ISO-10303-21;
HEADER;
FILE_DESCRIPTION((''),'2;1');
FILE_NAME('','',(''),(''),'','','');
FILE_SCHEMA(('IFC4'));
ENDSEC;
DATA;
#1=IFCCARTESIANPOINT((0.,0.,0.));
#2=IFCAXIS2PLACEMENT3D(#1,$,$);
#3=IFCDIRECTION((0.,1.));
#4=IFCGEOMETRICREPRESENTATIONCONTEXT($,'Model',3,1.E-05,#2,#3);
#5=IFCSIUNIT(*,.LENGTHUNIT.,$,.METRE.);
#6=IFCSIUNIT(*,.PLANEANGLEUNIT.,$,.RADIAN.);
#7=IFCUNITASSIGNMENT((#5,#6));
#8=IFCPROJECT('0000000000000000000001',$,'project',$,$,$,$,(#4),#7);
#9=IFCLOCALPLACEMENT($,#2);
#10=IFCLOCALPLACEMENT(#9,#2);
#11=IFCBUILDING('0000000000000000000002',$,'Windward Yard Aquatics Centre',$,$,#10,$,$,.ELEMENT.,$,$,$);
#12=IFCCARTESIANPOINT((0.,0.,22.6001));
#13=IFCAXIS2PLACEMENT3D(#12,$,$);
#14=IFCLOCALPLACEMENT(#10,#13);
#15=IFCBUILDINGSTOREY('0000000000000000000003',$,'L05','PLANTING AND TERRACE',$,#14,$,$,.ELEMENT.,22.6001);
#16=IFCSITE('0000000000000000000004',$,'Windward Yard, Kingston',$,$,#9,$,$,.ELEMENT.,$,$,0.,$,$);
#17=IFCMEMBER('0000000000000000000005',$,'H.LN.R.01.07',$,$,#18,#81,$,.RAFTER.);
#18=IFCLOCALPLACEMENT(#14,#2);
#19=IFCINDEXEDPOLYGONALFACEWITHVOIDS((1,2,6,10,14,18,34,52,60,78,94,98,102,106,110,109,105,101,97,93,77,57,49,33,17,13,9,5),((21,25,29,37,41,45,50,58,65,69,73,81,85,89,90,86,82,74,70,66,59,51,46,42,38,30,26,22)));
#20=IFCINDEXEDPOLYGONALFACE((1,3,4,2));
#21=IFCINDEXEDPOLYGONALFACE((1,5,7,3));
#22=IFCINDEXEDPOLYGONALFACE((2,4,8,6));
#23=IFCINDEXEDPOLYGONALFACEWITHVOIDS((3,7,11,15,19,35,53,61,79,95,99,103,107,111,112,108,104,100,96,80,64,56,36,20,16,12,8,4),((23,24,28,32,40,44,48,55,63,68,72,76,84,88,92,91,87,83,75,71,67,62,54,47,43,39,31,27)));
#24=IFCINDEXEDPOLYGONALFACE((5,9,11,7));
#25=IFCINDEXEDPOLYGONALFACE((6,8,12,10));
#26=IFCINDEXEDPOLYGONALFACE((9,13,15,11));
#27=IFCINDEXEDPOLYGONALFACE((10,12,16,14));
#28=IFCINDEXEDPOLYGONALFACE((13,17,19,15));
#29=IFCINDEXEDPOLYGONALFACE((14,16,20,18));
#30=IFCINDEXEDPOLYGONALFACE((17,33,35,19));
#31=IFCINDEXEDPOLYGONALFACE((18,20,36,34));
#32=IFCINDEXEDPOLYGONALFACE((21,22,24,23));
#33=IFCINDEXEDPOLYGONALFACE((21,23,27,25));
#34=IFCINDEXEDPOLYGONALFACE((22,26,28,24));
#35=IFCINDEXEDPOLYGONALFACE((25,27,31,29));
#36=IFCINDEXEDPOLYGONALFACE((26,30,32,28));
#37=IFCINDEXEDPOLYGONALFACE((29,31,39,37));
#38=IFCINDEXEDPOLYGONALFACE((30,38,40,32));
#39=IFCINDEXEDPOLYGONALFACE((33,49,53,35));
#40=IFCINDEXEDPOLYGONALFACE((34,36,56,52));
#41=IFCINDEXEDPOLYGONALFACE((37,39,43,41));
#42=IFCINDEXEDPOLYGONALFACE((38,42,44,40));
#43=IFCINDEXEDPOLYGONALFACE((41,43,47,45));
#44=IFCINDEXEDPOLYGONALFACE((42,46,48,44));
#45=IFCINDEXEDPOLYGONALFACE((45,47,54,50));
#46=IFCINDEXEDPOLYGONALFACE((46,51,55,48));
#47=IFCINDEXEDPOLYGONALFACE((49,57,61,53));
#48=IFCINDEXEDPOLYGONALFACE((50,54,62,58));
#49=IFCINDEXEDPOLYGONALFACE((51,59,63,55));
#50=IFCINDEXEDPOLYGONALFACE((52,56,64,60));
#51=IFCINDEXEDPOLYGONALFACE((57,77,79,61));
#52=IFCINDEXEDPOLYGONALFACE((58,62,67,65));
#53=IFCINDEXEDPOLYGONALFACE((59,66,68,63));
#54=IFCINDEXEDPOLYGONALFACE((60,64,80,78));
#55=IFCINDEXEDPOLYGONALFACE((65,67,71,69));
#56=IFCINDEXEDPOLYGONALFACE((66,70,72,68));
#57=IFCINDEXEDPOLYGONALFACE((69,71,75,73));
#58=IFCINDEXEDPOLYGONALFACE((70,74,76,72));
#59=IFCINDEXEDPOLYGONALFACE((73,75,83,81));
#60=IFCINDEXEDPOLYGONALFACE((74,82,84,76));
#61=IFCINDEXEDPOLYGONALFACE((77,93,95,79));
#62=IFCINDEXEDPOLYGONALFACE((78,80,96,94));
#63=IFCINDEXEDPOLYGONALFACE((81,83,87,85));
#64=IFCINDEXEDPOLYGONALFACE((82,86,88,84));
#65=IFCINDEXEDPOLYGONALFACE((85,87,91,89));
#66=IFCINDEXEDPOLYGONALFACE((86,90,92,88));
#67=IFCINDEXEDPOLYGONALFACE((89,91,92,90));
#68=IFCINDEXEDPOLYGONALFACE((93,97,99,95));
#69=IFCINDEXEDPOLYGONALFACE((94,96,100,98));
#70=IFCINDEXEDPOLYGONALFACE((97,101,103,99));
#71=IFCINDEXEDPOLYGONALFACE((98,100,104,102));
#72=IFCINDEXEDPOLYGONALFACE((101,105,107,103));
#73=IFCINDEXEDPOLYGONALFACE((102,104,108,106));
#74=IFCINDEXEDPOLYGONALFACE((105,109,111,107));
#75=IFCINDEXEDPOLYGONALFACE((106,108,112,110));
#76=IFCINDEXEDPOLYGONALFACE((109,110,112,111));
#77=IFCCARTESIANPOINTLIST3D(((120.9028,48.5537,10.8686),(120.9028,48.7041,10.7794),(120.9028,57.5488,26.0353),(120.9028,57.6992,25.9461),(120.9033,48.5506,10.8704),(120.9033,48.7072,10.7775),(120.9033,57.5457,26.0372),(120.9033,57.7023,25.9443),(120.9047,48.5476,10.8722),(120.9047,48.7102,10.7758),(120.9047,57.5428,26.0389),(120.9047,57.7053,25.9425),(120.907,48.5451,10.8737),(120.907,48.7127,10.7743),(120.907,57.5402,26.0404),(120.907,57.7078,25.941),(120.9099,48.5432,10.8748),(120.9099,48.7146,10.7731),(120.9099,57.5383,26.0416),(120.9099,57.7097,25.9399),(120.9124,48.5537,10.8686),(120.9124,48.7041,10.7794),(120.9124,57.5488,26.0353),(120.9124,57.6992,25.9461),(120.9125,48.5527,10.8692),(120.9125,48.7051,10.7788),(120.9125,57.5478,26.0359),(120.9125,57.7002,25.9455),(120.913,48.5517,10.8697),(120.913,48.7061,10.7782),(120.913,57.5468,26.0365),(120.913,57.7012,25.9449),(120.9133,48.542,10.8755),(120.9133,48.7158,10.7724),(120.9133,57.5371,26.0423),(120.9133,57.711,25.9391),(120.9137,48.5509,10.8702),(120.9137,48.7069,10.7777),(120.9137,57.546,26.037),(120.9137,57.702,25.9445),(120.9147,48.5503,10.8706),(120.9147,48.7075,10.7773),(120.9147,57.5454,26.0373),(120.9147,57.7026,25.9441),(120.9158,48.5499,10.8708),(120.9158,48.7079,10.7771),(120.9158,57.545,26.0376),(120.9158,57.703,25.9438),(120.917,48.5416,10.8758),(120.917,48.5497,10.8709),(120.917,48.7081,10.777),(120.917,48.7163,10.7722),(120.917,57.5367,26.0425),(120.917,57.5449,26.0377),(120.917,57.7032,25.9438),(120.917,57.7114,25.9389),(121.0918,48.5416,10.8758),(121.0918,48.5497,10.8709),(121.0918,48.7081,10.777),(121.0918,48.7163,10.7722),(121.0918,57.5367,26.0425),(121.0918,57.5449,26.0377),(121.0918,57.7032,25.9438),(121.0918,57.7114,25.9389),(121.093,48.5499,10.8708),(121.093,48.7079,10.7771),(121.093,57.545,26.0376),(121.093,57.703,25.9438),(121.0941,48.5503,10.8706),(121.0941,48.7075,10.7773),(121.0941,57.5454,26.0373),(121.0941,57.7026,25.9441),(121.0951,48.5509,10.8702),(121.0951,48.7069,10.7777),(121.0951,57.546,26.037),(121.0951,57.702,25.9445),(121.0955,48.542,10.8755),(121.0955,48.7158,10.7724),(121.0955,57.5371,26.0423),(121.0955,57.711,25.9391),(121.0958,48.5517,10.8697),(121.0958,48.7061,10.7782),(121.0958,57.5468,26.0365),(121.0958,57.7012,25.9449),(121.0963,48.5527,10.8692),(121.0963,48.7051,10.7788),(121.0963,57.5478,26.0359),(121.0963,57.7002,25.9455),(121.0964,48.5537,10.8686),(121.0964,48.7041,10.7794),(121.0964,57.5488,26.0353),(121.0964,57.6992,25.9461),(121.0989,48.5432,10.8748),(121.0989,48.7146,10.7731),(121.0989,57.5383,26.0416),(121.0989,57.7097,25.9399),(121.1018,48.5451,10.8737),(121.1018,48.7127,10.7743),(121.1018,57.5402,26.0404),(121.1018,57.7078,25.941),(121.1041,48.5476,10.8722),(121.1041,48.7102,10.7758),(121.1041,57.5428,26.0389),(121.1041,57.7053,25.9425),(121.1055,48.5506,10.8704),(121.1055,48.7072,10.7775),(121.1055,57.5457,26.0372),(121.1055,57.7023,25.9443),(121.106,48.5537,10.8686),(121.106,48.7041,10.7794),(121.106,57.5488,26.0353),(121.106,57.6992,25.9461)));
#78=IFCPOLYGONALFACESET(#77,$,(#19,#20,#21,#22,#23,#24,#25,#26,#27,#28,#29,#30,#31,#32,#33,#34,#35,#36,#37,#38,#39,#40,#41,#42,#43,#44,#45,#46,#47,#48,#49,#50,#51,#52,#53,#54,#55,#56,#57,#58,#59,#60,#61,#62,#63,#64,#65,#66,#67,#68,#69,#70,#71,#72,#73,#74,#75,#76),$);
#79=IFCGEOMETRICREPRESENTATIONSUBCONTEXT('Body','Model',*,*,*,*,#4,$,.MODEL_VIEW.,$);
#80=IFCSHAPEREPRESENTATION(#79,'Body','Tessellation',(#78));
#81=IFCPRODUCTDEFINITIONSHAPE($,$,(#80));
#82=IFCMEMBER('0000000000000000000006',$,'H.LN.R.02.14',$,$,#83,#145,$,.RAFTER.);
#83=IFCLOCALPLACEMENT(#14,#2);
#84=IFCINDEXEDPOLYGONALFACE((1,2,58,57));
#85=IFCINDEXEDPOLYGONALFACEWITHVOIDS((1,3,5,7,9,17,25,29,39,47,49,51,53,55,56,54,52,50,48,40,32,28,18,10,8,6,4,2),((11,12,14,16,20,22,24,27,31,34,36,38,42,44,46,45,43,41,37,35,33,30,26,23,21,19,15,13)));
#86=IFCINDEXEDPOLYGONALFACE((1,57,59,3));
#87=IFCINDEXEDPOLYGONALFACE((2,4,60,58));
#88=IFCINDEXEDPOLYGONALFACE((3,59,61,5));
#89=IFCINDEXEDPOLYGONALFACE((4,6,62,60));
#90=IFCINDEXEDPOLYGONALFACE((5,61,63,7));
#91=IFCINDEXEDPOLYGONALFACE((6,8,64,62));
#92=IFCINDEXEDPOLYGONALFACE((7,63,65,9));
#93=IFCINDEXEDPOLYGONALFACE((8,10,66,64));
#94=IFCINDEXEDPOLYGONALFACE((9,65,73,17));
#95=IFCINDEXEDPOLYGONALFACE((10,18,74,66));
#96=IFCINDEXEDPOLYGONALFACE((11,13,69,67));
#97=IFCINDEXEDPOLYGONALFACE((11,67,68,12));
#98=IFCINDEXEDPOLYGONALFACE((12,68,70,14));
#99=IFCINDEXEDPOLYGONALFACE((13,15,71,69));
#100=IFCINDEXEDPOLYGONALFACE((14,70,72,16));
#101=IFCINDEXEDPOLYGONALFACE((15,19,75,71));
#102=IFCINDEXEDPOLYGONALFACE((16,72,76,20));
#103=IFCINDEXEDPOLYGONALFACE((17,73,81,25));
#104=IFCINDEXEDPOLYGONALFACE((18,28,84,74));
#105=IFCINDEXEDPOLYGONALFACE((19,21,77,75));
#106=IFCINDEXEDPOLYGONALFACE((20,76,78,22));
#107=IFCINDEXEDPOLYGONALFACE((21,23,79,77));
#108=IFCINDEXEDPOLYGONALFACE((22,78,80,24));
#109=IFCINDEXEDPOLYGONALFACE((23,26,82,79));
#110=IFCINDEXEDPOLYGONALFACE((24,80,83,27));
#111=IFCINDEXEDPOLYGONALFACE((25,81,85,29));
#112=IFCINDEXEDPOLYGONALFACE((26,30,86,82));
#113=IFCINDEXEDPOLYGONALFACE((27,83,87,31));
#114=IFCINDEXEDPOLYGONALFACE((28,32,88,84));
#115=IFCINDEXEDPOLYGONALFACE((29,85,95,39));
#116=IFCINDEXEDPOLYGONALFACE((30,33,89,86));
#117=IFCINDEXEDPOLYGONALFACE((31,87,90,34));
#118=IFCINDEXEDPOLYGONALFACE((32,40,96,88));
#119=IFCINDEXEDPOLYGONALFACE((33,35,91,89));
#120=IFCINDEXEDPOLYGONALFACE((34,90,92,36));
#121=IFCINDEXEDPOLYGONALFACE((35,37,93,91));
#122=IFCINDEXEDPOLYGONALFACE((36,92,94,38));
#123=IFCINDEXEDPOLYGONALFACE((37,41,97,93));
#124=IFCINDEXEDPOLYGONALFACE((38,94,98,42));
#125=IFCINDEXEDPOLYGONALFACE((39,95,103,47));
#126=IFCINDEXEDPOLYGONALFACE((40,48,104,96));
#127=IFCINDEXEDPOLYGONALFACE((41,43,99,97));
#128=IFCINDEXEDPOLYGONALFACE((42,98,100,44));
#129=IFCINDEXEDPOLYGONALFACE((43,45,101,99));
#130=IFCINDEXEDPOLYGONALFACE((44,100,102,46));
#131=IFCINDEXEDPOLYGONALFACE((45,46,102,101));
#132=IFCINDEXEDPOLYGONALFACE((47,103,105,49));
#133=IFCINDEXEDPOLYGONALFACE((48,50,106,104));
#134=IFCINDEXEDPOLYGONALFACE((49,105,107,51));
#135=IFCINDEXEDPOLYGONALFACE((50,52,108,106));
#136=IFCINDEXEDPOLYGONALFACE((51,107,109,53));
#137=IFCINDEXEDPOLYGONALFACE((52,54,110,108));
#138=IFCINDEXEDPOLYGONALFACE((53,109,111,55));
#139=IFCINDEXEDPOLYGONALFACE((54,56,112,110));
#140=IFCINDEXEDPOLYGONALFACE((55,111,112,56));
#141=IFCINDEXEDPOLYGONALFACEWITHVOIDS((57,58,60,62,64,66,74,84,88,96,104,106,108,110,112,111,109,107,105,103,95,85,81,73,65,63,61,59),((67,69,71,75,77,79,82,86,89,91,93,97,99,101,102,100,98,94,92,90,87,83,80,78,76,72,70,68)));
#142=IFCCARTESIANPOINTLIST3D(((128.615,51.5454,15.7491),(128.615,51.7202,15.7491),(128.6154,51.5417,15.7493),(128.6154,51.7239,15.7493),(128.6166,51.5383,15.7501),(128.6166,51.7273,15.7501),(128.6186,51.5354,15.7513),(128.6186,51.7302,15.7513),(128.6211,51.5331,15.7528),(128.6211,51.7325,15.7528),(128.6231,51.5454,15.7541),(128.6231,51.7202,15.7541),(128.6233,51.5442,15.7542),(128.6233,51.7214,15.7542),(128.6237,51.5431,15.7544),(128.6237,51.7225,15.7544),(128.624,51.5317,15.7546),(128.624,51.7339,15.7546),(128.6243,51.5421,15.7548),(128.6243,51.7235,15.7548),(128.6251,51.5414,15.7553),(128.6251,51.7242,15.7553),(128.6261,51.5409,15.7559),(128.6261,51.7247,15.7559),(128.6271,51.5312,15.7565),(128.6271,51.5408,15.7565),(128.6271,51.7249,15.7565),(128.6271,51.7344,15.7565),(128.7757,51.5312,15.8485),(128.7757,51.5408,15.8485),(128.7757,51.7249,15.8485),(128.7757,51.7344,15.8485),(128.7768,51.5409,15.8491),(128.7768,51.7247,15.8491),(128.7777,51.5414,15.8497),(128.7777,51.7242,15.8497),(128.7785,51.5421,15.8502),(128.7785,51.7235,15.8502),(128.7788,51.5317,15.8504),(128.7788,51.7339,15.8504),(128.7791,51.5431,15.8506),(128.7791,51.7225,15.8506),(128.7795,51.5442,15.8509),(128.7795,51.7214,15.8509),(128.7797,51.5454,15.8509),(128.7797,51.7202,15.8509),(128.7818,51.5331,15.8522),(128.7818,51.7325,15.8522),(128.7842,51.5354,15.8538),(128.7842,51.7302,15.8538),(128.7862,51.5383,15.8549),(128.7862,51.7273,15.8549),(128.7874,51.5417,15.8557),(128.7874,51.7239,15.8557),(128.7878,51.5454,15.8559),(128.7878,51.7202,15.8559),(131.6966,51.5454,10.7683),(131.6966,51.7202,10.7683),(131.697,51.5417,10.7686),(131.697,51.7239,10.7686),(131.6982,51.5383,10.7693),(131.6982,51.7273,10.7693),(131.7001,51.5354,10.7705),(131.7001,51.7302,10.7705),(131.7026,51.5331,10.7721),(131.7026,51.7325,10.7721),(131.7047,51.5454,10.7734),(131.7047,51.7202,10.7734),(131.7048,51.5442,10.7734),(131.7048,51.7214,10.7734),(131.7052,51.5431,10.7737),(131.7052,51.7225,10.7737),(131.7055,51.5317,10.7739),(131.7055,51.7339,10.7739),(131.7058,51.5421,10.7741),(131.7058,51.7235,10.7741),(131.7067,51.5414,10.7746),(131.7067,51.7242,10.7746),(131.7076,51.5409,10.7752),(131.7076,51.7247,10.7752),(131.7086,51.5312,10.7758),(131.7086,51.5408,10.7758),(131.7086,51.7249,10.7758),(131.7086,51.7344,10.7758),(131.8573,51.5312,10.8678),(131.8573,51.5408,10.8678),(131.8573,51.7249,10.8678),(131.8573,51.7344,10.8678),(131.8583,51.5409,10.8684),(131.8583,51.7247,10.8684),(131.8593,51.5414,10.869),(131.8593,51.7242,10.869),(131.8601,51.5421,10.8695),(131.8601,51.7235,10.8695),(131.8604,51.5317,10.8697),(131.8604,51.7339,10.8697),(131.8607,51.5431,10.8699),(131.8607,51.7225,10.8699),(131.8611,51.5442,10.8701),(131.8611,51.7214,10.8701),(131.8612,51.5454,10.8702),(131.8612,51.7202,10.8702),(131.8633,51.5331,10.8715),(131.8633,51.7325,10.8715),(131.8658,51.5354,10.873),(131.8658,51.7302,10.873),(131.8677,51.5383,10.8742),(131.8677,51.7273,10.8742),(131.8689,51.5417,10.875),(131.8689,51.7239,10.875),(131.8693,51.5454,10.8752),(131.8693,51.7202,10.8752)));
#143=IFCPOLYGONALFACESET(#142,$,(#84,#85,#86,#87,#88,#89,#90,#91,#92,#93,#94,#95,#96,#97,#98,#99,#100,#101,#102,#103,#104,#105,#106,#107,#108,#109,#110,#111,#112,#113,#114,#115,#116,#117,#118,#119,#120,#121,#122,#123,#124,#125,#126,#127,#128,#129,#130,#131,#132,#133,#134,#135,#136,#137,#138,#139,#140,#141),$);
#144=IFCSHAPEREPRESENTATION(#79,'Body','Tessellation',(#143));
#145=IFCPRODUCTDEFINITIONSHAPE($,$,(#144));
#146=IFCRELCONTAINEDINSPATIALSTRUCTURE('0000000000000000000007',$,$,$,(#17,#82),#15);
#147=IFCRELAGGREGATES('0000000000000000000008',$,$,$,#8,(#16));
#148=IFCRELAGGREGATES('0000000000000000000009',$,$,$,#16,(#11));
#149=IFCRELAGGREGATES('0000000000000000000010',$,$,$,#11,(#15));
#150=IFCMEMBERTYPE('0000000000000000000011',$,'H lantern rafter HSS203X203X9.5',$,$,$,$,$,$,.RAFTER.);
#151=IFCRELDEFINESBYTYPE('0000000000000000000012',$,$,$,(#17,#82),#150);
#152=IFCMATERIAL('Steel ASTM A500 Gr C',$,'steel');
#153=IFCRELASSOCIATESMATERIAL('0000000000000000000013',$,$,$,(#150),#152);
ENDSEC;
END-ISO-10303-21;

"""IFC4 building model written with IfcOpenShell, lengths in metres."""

from ifc_helpers import new_model, si_unit, direction, frame, origin, origin_2d, place, context, subcontext, project, spatial, hollow_rectangle, extrude, material, material_profile, profile_set, type_object, element, save


model = new_model("IFC4")

# Units and contexts
model_context = context("Model", 3, precision=1e-05, world=origin(), true_north=direction((0.0, 1.0)))
body_context = subcontext(model_context, "Body", "Model", "MODEL_VIEW")
ifc_project = project(units=[si_unit("LENGTHUNIT", "METRE"), si_unit("PLANEANGLEUNIT", "RADIAN")], contexts=[model_context])

# Site, building, storey
site_placement = place(None, origin())
site = spatial("IfcSite", under=ifc_project, at=site_placement, Name="Windward Yard, Kingston", CompositionType="ELEMENT", RefElevation=0.0)
building_placement = place(site_placement, origin())
building = spatial("IfcBuilding", under=site, at=building_placement, Name="Windward Yard Aquatics Centre", CompositionType="ELEMENT")
storey_placement = place(building_placement, frame((0.0, 0.0, 22.6001)))
storey = spatial("IfcBuildingStorey", under=building, at=storey_placement, Name="L05", Description="PLANTING AND TERRACE", CompositionType="ELEMENT", Elevation=22.6001)

# Members
ifc_material_1 = material(Name="Steel ASTM A500 Gr C", Category="steel")
ifc_material_profile_1 = material_profile(ifc_material_1, hollow_rectangle(XDim=0.2031, YDim=0.2031, WallThickness=0.0095, InnerFilletRadius=0.0046, OuterFilletRadius=0.0142, at=origin_2d()), Name="HSS203X203X9.5")
ifc_profile_set_1 = profile_set([ifc_material_profile_1], Name="Steel ASTM A500 Gr C")
member_type_1 = type_object("IfcMemberType", Name="H lantern rafter HSS203X203X9.5", PredefinedType="RAFTER", material=ifc_profile_set_1)
member_1_placement = place(storey_placement, frame((121.0044, 48.6289, 10.824), z_axis=(0.0, 0.510114, 0.860107), x_axis=(-1.0, 0.0, 0.0)))
element("IfcMember", 1, at=member_1_placement, inside=storey, type_object=member_type_1, Name="H.LN.R.01.07", PredefinedType="RAFTER", context=body_context, shape_type="SweptSolid", body=[
    extrude(hollow_rectangle(XDim=0.2031, YDim=0.2031, WallThickness=0.0095, InnerFilletRadius=0.0046, OuterFilletRadius=0.0142, at=origin_2d()), origin(), (0.0, 0.0, 1.0), 17.6335),
])
member_2_placement = place(storey_placement, frame((131.783, 51.6328, 10.8218), z_axis=(-0.526138, 0.0, 0.850399), x_axis=(0.0, -1.0, 0.0)))
element("IfcMember", 2, at=member_2_placement, inside=storey, type_object=member_type_1, Name="H.LN.R.02.14", PredefinedType="RAFTER", context=body_context, shape_type="SweptSolid", body=[
    extrude(hollow_rectangle(XDim=0.2031, YDim=0.2031, WallThickness=0.0095, InnerFilletRadius=0.0046, OuterFilletRadius=0.0142, at=origin_2d()), origin(), (0.0, 0.0, 1.0), 5.8569),
])

save(model, "model.ifc")
